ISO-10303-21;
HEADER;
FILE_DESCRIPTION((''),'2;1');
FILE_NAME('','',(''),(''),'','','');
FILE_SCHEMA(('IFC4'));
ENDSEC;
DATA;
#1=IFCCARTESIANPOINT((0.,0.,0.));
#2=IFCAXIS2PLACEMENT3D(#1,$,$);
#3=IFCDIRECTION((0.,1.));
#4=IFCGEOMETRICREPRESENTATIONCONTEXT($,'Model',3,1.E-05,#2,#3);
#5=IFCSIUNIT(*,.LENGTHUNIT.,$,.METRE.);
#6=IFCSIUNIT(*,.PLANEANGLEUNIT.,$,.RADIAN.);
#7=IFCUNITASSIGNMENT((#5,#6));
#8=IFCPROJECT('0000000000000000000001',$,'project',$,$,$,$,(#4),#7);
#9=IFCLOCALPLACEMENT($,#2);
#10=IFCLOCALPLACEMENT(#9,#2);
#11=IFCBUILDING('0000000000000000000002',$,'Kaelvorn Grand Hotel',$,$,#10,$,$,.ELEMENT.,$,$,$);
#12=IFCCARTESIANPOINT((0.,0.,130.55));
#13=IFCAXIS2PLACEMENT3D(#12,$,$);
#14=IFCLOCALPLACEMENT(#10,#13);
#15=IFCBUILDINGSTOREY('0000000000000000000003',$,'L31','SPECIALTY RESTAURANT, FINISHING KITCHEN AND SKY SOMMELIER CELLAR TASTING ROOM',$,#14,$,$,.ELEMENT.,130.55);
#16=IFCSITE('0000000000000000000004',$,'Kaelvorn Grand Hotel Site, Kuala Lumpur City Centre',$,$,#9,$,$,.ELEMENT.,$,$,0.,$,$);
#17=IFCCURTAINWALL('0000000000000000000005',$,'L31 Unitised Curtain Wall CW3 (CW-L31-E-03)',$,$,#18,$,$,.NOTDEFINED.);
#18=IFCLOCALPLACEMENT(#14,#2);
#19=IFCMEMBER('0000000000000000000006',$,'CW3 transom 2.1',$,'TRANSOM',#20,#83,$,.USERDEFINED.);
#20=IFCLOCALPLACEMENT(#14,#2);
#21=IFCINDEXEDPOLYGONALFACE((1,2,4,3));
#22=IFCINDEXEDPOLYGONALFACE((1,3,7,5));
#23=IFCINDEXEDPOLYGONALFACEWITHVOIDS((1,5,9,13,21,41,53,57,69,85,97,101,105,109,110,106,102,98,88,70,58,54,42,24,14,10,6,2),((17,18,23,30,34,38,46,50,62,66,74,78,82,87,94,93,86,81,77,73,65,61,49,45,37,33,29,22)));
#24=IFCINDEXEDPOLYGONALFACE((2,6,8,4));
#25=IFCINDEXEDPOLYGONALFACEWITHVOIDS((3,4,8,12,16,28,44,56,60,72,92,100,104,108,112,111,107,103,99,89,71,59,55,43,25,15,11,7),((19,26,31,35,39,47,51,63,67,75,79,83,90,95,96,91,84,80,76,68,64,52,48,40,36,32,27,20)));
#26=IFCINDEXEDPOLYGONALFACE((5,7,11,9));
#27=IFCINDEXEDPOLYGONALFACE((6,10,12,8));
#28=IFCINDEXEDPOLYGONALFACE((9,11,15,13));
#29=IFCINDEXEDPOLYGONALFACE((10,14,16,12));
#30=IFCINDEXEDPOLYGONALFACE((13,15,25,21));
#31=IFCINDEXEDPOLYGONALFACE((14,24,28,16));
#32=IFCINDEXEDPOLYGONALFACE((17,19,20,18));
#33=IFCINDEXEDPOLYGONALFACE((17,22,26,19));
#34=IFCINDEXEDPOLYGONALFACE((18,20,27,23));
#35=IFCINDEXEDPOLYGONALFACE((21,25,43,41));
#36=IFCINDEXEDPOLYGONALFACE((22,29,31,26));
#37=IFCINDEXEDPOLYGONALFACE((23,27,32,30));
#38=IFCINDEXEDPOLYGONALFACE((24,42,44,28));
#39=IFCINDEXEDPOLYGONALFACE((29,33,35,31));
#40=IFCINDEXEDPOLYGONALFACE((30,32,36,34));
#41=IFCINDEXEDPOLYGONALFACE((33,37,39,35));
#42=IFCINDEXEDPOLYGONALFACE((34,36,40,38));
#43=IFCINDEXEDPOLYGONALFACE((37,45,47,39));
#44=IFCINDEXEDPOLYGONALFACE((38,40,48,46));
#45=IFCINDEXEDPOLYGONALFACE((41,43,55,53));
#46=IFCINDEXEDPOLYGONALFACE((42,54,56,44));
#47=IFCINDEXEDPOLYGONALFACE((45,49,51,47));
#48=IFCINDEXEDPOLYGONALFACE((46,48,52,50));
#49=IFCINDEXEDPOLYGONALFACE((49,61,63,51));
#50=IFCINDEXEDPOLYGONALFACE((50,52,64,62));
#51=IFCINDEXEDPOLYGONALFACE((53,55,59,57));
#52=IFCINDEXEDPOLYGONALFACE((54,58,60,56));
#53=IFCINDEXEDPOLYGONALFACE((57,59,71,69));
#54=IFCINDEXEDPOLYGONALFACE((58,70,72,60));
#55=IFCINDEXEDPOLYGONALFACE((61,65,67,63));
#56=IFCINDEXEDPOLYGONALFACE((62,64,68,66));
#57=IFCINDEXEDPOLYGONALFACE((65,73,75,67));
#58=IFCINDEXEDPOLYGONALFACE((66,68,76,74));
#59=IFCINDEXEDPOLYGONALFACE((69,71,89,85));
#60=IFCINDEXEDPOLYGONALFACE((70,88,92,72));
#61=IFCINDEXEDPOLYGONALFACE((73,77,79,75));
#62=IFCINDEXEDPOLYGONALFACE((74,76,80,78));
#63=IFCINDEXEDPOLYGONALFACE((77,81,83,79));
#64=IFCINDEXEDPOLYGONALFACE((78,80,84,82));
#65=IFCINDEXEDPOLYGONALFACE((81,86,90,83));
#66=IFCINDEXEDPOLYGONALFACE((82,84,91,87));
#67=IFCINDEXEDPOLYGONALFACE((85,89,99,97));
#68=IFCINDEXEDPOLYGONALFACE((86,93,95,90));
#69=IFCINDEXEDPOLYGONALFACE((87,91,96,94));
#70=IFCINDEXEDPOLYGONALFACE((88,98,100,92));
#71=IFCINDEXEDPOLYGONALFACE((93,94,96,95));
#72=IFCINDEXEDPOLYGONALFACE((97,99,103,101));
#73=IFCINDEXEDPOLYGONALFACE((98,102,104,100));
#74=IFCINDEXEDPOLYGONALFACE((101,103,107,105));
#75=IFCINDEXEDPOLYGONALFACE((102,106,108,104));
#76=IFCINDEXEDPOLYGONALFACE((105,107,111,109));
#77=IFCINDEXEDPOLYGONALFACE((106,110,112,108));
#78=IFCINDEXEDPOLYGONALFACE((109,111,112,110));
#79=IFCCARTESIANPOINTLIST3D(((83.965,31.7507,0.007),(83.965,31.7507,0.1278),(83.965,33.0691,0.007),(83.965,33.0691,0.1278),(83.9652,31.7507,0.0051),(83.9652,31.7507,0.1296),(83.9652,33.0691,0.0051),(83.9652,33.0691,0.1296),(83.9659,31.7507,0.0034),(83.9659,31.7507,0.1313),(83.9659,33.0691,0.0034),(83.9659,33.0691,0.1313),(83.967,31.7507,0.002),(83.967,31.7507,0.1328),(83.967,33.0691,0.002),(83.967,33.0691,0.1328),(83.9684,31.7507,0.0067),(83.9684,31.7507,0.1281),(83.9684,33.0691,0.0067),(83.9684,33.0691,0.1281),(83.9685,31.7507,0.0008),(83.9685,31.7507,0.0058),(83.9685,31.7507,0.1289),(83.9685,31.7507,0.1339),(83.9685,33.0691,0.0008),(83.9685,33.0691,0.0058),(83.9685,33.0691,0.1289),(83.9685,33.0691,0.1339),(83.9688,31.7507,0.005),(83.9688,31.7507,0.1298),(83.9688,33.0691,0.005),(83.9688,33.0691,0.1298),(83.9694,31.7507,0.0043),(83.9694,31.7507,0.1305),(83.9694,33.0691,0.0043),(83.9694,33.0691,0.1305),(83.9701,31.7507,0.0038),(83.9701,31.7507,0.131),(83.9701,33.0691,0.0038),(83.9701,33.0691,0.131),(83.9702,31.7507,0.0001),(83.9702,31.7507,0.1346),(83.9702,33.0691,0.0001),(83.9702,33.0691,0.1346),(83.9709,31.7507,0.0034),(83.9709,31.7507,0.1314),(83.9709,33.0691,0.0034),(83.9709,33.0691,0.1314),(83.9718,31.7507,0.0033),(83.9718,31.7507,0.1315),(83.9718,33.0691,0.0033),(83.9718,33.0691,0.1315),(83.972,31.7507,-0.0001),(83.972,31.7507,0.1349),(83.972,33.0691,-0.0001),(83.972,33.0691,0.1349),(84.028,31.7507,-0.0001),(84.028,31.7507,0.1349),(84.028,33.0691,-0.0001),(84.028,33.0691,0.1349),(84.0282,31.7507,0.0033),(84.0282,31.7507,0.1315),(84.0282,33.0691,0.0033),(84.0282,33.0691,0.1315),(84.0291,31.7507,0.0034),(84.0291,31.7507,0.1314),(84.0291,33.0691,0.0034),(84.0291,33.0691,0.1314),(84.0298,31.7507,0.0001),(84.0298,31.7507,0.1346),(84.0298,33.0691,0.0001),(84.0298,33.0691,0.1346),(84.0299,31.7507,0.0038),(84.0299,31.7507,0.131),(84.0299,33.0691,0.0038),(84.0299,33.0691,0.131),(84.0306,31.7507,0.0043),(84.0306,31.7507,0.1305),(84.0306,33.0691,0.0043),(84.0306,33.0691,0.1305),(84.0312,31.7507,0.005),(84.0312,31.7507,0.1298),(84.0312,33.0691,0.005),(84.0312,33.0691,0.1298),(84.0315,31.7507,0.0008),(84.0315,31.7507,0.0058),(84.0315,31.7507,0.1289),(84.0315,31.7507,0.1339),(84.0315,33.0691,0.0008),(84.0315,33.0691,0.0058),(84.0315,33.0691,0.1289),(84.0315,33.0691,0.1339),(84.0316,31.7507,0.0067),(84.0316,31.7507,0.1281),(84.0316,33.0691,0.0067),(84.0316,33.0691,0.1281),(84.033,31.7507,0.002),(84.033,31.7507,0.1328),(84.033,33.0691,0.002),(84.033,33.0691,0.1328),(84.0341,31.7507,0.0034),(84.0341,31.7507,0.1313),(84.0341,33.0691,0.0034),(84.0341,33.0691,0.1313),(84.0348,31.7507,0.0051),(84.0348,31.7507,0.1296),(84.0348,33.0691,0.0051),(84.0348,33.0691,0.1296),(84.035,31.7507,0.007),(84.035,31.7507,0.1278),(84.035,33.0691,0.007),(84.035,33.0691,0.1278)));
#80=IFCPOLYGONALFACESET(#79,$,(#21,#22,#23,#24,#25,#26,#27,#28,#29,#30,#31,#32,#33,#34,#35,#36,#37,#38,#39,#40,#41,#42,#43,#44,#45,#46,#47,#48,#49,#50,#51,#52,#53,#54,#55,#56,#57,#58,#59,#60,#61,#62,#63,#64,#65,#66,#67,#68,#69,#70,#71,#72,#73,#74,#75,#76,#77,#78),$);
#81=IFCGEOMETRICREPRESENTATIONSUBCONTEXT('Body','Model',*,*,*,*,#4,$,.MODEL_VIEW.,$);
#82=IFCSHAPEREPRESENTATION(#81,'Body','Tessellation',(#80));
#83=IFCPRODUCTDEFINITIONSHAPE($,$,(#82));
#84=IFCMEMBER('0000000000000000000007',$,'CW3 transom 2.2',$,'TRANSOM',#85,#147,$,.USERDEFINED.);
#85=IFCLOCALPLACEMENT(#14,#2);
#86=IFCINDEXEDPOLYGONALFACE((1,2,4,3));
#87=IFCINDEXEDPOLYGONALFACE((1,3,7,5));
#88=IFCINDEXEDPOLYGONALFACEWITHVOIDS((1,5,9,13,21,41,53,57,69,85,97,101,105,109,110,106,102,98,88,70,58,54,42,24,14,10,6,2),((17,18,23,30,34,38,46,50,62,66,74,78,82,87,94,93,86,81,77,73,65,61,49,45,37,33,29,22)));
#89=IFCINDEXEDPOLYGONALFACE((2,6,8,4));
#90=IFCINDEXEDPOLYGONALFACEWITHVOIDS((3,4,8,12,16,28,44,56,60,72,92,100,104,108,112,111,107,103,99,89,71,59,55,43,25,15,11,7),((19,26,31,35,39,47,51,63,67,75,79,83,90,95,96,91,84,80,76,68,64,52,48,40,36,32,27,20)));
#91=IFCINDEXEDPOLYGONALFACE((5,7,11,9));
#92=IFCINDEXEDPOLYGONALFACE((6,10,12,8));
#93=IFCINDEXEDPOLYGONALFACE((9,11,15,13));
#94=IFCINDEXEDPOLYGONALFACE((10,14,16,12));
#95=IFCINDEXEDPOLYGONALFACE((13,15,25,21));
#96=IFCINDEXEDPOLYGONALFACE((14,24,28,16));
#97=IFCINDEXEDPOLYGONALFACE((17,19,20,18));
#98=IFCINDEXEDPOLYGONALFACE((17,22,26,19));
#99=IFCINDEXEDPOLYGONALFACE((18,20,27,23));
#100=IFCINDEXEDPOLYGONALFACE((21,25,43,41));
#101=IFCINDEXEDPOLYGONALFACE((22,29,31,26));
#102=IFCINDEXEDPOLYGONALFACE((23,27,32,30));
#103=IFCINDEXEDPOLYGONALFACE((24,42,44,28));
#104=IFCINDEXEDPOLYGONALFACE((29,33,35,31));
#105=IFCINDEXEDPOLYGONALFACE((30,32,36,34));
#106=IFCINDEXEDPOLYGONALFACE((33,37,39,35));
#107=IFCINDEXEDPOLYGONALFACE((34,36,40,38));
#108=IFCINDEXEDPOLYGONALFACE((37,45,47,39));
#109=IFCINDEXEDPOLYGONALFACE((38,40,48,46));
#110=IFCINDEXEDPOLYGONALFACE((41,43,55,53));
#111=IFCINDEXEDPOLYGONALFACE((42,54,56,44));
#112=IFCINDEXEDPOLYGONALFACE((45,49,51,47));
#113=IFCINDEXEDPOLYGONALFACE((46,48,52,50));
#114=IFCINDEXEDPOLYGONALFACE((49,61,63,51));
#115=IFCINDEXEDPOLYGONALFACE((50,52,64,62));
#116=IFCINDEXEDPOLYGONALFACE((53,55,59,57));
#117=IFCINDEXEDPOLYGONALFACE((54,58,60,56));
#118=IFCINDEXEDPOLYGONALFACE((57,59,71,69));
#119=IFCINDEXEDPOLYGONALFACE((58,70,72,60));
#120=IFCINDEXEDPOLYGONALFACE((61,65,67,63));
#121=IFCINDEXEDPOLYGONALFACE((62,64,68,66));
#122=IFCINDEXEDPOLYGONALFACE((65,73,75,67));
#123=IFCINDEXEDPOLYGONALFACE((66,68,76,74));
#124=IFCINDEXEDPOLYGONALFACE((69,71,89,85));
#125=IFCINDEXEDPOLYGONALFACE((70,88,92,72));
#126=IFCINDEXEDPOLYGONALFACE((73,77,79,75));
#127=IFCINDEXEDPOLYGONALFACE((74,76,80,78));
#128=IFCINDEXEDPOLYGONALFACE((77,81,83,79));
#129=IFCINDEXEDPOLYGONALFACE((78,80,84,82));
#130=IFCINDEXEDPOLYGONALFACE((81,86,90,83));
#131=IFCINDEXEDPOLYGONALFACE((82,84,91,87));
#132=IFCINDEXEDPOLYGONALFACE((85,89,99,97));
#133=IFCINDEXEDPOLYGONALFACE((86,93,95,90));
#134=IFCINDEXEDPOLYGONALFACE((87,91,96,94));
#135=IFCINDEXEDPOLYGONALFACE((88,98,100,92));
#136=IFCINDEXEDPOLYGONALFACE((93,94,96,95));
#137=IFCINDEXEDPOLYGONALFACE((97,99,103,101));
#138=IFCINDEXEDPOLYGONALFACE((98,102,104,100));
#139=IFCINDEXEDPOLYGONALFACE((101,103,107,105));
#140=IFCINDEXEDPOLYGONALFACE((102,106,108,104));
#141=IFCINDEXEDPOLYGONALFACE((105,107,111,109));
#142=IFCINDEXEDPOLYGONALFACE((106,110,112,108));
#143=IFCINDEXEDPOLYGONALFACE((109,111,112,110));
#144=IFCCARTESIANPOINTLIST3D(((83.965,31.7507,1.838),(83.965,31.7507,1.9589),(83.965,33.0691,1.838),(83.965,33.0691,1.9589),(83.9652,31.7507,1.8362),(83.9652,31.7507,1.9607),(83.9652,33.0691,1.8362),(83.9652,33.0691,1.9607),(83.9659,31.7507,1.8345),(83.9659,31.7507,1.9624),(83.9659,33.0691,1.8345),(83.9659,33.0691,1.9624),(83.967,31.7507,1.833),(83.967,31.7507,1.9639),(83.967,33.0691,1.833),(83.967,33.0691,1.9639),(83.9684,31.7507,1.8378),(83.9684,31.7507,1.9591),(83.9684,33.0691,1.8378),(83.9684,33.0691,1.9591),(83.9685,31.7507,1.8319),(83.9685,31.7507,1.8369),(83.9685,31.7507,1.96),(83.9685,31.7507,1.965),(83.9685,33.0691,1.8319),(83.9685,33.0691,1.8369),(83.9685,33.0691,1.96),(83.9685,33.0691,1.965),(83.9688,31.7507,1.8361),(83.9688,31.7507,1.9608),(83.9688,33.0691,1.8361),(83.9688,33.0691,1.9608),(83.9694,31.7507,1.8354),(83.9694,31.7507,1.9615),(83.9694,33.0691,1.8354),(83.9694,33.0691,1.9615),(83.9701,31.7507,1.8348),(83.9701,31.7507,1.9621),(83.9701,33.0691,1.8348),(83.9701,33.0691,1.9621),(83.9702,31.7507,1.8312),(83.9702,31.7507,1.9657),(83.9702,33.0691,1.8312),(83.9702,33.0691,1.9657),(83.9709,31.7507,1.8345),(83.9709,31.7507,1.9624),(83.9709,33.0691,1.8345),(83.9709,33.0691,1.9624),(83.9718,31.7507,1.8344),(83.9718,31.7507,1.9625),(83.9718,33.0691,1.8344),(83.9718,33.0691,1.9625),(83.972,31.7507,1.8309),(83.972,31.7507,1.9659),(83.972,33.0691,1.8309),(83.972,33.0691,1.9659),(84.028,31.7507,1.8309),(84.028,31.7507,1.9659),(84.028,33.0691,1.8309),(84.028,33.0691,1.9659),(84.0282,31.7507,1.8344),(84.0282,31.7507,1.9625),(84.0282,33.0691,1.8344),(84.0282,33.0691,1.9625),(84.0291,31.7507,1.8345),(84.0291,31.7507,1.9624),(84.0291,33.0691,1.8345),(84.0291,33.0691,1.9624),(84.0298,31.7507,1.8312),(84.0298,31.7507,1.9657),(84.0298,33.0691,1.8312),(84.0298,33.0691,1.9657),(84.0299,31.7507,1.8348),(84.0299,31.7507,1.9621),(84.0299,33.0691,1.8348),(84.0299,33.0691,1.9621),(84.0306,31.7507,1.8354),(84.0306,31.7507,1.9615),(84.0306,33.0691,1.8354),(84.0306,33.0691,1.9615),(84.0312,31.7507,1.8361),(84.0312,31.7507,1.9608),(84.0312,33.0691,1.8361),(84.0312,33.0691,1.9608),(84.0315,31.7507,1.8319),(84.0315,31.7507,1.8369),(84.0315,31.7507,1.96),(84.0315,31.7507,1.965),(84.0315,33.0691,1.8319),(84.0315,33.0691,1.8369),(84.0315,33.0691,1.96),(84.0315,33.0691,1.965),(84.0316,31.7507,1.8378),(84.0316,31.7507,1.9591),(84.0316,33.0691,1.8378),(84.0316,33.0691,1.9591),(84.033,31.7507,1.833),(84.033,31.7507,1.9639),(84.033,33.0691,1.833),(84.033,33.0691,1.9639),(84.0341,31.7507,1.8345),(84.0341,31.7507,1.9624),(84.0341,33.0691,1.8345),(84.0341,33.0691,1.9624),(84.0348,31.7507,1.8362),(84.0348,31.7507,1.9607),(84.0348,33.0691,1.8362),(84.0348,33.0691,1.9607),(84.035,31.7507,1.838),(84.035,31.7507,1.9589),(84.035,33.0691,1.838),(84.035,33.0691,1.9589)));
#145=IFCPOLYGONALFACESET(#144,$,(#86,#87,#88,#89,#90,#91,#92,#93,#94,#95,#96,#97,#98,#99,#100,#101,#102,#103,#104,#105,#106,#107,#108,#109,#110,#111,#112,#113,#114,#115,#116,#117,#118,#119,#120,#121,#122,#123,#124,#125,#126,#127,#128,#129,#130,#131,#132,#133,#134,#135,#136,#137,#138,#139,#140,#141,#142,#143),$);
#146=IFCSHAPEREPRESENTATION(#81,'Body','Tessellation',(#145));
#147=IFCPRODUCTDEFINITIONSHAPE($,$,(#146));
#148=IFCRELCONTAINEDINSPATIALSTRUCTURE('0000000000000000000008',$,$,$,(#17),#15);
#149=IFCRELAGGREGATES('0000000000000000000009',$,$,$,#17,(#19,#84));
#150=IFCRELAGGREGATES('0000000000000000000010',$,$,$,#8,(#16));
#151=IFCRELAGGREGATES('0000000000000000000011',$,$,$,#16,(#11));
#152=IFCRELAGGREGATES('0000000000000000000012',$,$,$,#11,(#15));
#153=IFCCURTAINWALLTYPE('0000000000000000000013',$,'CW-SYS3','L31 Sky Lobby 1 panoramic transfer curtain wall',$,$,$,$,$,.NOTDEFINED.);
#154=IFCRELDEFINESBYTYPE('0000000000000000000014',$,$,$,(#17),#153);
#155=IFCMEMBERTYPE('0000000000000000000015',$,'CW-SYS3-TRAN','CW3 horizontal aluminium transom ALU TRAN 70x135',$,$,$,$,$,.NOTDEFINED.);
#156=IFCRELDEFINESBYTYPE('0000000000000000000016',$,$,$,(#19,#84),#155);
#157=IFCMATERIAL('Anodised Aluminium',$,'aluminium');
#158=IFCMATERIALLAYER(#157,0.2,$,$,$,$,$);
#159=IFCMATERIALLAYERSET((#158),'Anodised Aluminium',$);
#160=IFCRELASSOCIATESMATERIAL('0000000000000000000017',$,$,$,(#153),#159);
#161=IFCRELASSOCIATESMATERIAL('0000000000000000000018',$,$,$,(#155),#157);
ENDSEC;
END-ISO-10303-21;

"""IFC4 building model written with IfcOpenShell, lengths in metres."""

from ifc_helpers import new_model, si_unit, direction, frame, origin, origin_2d, place, context, subcontext, project, spatial, hollow_rectangle, extrude, material, layer, layer_set, material_profile, profile_set, type_object, element, aggregate, save


model = new_model("IFC4")

# Units and contexts
model_context = context("Model", 3, precision=1e-05, world=origin(), true_north=direction((0.0, 1.0)))
body_context = subcontext(model_context, "Body", "Model", "MODEL_VIEW")
ifc_project = project(units=[si_unit("LENGTHUNIT", "METRE"), si_unit("PLANEANGLEUNIT", "RADIAN")], contexts=[model_context])

# Site, building, storey
site_placement = place(None, origin())
site = spatial("IfcSite", under=ifc_project, at=site_placement, Name="Kaelvorn Grand Hotel Site, Kuala Lumpur City Centre", CompositionType="ELEMENT", RefElevation=0.0)
building_placement = place(site_placement, origin())
building = spatial("IfcBuilding", under=site, at=building_placement, Name="Kaelvorn Grand Hotel", CompositionType="ELEMENT")
storey_placement = place(building_placement, frame((0.0, 0.0, 130.55)))
storey = spatial("IfcBuildingStorey", under=building, at=storey_placement, Name="L31", Description="SPECIALTY RESTAURANT, FINISHING KITCHEN AND SKY SOMMELIER CELLAR TASTING ROOM", CompositionType="ELEMENT", Elevation=130.55)

# Shared definitions
ifc_material_1 = material(Name="Anodised Aluminium", Category="aluminium")
ifc_layer_1 = layer(ifc_material_1, 0.2)
ifc_layer_set_1 = layer_set([ifc_layer_1], Name="Anodised Aluminium")
curtain_wall_type = type_object("IfcCurtainWallType", Name="CW-SYS3", Description="L31 Sky Lobby 1 panoramic transfer curtain wall", PredefinedType="NOTDEFINED", material=ifc_layer_set_1)

# Curtain wall, members
curtain_wall_1_placement = place(storey_placement, origin())
curtain_wall_1 = element("IfcCurtainWall", 1, at=curtain_wall_1_placement, inside=storey, type_object=curtain_wall_type, Name="L31 Unitised Curtain Wall CW3 (CW-L31-E-03)", PredefinedType="NOTDEFINED")
ifc_material_profile_1 = material_profile(ifc_material_1, hollow_rectangle(XDim=0.0701, YDim=0.135, WallThickness=0.0034, InnerFilletRadius=0.0034, OuterFilletRadius=0.0071, at=origin_2d()), Name="ALU TRAN 70x135")
ifc_profile_set_1 = profile_set([ifc_material_profile_1], Name="Anodised Aluminium")
member_type_1 = type_object("IfcMemberType", Name="CW-SYS3-TRAN", Description="CW3 horizontal aluminium transom ALU TRAN 70x135", PredefinedType="NOTDEFINED", material=ifc_profile_set_1)
member_1_placement = place(storey_placement, frame((84.0, 31.7507, 0.0674), z_axis=(0.0, 1.0, 0.0), x_axis=(-1.0, 0.0, 0.0)))
member_1 = element("IfcMember", 2, at=member_1_placement, type_object=member_type_1, Name="CW3 transom 2.1", ObjectType="TRANSOM", PredefinedType="USERDEFINED", context=body_context, shape_type="SweptSolid", body=[
    extrude(hollow_rectangle(XDim=0.0701, YDim=0.135, WallThickness=0.0034, InnerFilletRadius=0.0034, OuterFilletRadius=0.0071, at=origin_2d()), origin(), (0.0, 0.0, 1.0), 1.3184),
])
member_2_placement = place(storey_placement, frame((84.0, 31.7507, 1.8984), z_axis=(0.0, 1.0, 0.0), x_axis=(-1.0, 0.0, 0.0)))
member_2 = element("IfcMember", 3, at=member_2_placement, type_object=member_type_1, Name="CW3 transom 2.2", ObjectType="TRANSOM", PredefinedType="USERDEFINED", context=body_context, shape_type="SweptSolid", body=[
    extrude(hollow_rectangle(XDim=0.0701, YDim=0.135, WallThickness=0.0034, InnerFilletRadius=0.0034, OuterFilletRadius=0.0071, at=origin_2d()), origin(), (0.0, 0.0, 1.0), 1.3184),
])

aggregate(curtain_wall_1, [member_1, member_2])

save(model, "model.ifc")
